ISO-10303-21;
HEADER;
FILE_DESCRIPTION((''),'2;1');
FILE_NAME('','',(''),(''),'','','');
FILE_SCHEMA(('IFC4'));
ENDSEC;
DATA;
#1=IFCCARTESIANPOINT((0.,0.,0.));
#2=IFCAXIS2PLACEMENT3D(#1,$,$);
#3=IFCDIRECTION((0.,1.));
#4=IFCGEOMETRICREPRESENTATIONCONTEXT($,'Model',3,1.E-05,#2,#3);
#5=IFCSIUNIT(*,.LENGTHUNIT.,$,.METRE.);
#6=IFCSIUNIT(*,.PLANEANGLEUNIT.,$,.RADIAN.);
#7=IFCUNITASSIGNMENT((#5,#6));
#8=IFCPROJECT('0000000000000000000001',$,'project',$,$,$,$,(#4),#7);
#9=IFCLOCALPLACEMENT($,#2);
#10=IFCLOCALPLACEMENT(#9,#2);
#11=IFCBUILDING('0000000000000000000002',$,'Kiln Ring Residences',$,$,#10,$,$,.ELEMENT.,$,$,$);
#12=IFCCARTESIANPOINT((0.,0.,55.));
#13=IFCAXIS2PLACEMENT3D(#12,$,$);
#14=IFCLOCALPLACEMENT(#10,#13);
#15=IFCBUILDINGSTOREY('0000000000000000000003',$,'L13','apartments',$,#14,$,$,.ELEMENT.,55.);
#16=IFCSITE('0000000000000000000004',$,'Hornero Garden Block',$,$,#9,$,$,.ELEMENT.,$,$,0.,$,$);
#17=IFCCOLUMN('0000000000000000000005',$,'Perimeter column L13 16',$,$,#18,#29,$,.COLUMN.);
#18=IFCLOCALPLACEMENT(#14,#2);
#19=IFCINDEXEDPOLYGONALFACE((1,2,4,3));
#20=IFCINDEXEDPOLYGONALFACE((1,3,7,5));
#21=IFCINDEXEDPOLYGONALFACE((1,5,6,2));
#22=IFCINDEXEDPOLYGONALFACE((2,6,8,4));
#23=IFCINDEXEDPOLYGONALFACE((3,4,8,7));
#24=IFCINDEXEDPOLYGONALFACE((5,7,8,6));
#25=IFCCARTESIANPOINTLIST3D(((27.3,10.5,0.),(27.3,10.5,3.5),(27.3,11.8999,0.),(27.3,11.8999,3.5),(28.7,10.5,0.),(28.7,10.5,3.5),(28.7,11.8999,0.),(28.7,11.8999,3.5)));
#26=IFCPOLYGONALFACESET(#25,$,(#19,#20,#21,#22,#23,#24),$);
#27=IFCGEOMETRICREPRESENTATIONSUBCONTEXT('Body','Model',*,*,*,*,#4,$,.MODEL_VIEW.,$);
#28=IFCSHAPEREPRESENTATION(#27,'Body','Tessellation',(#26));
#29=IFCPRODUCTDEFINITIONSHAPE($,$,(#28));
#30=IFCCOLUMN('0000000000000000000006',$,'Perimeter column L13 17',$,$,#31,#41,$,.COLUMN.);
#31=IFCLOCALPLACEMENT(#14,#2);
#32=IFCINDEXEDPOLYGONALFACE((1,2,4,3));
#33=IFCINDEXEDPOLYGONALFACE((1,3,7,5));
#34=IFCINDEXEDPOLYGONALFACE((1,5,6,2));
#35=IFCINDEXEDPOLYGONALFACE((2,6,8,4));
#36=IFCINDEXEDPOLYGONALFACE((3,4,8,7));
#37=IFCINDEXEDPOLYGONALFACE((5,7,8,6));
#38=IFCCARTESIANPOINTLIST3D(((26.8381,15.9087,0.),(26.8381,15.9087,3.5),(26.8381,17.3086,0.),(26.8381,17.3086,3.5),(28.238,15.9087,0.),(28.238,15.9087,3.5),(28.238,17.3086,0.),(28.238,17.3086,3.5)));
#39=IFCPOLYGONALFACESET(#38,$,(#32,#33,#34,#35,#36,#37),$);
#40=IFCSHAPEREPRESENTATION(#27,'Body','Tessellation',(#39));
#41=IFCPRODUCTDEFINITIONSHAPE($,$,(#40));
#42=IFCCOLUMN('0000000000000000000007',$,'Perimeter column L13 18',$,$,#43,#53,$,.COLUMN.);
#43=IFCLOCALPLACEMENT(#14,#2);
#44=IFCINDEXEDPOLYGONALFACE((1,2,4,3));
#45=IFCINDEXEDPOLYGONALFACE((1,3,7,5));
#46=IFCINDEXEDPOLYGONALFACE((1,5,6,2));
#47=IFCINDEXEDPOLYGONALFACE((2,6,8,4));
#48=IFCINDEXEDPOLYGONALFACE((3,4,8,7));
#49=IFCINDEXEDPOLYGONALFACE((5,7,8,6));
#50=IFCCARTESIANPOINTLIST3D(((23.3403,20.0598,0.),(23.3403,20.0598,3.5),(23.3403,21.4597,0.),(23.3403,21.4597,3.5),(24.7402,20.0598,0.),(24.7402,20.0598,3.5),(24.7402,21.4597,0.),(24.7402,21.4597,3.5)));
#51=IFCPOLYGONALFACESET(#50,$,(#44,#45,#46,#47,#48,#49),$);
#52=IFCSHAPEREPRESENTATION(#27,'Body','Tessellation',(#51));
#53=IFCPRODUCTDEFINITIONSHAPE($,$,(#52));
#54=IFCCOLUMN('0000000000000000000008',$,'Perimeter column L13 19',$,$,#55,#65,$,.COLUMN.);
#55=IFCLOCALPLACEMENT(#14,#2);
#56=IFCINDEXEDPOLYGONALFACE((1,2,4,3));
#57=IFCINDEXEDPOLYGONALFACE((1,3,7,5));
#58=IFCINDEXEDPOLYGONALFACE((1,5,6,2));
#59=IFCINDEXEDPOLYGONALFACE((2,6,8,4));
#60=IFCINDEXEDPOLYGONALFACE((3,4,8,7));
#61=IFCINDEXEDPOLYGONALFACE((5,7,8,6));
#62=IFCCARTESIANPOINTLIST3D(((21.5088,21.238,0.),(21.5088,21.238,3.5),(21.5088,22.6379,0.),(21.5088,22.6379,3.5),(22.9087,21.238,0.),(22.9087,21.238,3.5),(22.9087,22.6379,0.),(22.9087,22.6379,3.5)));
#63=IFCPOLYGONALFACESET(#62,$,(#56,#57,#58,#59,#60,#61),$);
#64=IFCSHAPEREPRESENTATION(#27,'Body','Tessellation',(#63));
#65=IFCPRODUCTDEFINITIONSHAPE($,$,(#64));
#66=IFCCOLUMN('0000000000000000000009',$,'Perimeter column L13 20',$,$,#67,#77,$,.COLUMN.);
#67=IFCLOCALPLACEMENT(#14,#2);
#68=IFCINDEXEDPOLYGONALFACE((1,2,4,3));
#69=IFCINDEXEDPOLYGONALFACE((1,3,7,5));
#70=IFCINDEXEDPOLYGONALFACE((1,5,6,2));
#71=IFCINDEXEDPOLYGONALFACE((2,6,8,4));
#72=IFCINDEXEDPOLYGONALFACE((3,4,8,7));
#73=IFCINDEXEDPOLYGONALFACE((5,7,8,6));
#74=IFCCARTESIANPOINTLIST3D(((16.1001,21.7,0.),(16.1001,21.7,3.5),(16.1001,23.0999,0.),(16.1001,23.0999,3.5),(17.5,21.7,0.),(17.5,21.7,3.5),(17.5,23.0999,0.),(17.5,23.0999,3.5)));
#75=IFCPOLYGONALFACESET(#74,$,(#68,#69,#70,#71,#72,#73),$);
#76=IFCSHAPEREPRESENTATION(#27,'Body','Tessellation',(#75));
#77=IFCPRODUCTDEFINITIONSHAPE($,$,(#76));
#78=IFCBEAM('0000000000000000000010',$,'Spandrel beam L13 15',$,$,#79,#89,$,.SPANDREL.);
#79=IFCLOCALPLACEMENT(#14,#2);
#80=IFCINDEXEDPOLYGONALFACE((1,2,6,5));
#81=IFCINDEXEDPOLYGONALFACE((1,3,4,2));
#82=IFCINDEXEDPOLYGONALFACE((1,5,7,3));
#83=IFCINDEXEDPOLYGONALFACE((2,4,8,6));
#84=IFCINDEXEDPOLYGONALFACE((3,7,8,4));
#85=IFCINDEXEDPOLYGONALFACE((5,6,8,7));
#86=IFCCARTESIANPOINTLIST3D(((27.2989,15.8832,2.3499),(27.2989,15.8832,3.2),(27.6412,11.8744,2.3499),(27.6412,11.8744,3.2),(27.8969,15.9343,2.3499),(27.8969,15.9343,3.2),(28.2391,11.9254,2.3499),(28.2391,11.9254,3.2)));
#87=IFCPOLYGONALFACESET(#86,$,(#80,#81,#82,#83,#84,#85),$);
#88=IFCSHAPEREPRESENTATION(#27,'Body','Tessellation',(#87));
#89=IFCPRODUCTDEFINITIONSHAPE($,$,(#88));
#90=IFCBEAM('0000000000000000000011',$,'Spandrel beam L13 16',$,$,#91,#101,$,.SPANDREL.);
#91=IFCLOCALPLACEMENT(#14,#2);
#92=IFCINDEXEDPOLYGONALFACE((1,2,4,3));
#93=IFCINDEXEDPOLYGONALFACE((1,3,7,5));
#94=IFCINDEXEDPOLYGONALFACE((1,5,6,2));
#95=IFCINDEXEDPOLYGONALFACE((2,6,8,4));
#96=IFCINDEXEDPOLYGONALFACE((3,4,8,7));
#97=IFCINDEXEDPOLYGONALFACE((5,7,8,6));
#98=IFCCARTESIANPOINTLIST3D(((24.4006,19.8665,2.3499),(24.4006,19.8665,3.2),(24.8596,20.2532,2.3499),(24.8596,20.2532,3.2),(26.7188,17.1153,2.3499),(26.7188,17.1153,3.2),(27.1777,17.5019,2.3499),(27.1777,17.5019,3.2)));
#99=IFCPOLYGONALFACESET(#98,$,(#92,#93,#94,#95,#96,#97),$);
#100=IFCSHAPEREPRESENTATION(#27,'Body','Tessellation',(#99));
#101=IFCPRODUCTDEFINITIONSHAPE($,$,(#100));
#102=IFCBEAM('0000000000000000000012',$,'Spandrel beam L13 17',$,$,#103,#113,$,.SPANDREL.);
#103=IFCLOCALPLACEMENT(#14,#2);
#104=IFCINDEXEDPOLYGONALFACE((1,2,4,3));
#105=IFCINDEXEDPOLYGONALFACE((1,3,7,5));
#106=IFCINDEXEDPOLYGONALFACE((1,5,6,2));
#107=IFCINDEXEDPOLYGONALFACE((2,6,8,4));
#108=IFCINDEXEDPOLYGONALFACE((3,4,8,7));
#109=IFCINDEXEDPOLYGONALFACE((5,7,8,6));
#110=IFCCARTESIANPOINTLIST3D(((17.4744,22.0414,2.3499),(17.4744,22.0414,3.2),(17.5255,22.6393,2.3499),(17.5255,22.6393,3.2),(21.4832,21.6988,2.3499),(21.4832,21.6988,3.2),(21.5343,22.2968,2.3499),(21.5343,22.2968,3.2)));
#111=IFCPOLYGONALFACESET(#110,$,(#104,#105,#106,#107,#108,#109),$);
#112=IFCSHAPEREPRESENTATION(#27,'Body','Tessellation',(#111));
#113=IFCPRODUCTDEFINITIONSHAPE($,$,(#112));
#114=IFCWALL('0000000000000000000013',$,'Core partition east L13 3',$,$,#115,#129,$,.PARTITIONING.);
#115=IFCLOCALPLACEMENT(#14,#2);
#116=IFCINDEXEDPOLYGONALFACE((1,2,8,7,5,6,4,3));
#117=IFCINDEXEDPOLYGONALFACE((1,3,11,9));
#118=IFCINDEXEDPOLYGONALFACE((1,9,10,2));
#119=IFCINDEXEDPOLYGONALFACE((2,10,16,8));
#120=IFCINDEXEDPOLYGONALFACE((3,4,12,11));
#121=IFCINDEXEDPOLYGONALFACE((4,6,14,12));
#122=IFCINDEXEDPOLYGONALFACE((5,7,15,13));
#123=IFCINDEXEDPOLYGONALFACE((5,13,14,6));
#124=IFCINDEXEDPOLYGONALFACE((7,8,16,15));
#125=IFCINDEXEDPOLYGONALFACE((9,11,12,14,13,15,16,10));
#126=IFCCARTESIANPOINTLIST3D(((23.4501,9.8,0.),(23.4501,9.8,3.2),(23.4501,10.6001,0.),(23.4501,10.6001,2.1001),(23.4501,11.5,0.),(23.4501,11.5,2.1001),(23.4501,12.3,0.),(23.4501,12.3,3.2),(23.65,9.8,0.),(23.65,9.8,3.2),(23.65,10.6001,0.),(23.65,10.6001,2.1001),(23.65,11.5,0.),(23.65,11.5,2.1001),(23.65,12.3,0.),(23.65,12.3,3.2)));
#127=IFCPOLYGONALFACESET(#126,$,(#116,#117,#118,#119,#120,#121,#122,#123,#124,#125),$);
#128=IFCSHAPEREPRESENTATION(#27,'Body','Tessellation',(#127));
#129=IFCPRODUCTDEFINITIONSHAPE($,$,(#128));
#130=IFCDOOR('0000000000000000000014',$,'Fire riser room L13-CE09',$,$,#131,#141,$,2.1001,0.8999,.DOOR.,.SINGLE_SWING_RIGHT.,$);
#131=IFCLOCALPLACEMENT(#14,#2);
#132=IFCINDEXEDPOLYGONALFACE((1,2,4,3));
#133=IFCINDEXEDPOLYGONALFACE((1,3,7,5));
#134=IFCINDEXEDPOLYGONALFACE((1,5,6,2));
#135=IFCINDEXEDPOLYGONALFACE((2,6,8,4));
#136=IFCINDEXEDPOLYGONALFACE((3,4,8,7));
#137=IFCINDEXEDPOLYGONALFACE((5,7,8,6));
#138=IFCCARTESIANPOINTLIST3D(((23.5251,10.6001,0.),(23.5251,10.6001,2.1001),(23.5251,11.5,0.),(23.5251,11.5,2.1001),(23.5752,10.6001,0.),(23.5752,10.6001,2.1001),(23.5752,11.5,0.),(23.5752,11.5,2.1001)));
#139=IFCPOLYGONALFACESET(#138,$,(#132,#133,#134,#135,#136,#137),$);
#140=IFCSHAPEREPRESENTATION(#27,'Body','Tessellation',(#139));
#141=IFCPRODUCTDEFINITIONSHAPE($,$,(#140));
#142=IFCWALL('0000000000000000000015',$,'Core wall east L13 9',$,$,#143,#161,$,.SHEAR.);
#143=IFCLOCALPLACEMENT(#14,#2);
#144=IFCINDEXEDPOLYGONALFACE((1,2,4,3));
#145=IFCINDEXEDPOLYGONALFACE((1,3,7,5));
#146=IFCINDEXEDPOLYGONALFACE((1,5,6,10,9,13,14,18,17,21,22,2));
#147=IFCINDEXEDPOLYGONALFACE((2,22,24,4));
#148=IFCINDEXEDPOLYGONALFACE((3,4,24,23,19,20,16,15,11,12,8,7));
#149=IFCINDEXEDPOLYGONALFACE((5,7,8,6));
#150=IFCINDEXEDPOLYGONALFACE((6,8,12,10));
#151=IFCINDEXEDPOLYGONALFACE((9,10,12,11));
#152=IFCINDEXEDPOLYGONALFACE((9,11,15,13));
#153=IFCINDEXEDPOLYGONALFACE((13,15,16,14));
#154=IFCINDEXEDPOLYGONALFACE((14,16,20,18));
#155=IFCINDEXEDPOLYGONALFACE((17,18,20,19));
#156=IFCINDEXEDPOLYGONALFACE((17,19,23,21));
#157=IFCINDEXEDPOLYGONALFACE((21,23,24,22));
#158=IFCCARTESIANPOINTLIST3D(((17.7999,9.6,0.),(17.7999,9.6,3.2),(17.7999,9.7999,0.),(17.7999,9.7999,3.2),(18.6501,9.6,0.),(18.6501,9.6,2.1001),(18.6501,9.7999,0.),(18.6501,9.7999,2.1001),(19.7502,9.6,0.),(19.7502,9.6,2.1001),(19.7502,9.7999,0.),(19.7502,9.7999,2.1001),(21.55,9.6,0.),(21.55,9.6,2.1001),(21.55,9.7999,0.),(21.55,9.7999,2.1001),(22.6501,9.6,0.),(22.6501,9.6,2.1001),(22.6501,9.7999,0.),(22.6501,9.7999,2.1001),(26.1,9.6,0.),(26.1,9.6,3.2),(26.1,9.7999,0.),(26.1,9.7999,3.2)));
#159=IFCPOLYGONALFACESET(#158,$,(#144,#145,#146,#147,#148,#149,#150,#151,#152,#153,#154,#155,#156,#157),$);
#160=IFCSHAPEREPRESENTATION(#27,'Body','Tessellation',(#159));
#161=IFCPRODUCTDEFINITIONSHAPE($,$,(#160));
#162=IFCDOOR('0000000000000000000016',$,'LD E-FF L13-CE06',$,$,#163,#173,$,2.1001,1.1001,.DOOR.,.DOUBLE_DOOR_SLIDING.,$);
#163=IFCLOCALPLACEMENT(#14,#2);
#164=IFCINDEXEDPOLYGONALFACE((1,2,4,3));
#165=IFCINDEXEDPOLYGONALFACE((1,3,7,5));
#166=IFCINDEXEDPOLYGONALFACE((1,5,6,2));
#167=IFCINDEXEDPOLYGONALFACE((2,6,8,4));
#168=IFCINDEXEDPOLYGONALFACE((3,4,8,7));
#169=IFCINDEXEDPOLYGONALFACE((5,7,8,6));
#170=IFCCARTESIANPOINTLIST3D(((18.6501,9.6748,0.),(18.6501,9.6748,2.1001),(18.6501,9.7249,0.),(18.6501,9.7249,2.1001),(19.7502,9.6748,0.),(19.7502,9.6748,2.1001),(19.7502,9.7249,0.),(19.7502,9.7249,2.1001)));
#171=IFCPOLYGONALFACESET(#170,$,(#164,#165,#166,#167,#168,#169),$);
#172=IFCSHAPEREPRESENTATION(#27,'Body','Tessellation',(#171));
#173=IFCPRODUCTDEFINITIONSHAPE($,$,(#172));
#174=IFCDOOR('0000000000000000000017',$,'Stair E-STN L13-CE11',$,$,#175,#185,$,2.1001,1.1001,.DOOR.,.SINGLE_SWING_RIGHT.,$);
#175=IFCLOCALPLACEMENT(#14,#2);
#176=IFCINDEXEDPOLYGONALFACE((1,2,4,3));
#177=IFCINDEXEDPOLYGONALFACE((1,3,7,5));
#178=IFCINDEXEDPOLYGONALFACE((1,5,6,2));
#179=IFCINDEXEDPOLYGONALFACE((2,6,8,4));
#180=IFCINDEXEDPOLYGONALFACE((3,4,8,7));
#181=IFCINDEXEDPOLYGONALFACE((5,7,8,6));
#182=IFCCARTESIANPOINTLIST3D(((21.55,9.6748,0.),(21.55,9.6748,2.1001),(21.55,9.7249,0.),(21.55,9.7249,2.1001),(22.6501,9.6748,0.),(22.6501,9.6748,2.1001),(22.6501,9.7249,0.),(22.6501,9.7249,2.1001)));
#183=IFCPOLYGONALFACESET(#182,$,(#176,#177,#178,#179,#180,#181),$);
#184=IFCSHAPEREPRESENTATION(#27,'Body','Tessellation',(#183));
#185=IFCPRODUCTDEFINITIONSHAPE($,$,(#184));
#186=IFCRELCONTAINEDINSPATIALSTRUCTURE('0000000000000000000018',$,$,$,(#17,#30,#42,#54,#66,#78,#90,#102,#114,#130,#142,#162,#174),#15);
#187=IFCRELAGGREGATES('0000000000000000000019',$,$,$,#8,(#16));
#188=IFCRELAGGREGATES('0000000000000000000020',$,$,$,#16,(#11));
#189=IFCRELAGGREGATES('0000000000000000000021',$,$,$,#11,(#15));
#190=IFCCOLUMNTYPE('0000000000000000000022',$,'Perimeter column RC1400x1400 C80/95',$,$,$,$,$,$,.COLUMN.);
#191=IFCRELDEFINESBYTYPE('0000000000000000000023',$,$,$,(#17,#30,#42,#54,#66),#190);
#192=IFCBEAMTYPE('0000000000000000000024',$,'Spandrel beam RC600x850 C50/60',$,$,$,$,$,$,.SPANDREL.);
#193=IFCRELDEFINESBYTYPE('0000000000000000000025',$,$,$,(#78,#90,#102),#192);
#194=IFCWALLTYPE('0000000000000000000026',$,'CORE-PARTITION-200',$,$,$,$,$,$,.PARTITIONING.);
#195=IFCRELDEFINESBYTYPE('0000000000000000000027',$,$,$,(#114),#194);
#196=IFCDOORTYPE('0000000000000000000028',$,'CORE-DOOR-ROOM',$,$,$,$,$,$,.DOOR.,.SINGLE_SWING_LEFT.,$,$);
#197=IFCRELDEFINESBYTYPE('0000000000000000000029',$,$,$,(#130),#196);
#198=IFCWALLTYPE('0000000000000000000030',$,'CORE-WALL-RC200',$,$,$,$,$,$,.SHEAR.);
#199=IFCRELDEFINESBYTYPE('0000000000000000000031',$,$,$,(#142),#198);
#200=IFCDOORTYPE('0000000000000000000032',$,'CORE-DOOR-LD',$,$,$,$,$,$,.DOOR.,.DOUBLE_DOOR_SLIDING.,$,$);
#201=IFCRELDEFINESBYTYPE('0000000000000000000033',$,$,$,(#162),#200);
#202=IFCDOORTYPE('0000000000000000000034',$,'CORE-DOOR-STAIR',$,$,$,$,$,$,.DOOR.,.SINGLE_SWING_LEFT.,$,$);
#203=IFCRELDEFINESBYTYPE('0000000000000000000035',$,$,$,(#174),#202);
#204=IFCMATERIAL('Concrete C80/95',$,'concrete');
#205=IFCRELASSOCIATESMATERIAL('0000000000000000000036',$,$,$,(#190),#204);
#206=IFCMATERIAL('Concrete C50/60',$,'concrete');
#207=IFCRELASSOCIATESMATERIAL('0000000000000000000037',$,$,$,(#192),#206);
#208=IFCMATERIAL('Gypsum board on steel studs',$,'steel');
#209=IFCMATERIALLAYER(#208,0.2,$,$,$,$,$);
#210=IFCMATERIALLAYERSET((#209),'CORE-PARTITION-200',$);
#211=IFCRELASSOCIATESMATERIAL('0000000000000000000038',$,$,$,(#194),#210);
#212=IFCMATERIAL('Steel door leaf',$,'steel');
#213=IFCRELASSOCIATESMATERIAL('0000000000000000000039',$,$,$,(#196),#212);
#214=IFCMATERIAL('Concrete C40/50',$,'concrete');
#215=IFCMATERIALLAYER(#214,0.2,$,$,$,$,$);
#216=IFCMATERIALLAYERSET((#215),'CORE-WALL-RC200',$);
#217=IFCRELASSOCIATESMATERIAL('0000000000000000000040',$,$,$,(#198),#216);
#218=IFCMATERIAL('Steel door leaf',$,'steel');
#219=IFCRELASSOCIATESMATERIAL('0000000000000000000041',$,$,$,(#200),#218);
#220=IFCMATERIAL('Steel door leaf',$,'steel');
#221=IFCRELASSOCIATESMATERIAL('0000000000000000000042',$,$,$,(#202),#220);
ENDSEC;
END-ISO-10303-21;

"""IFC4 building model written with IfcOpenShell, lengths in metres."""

from ifc_helpers import new_model, si_unit, direction, frame, frame_2d, origin, origin_2d, place, context, subcontext, project, spatial, rectangle, extrude, material, layer, layer_set, material_profile, profile_set, type_object, element, fill, save


model = new_model("IFC4")

# Units and contexts
model_context = context("Model", 3, precision=1e-05, world=origin(), true_north=direction((0.0, 1.0)))
body_context = subcontext(model_context, "Body", "Model", "MODEL_VIEW")
ifc_project = project(units=[si_unit("LENGTHUNIT", "METRE"), si_unit("PLANEANGLEUNIT", "RADIAN")], contexts=[model_context])

# Site, building, storey
site_placement = place(None, origin())
site = spatial("IfcSite", under=ifc_project, at=site_placement, Name="Hornero Garden Block", CompositionType="ELEMENT", RefElevation=0.0)
building_placement = place(site_placement, origin())
building = spatial("IfcBuilding", under=site, at=building_placement, Name="Kiln Ring Residences", CompositionType="ELEMENT")
storey_placement = place(building_placement, frame((0.0, 0.0, 55.0)))
storey = spatial("IfcBuildingStorey", under=building, at=storey_placement, Name="L13", Description="apartments", CompositionType="ELEMENT", Elevation=55.0)

# Columns
ifc_material_1 = material(Name="Concrete C80/95", Category="concrete")
ifc_material_profile_1 = material_profile(ifc_material_1, rectangle(XDim=1.3999, YDim=1.3999, at=origin_2d()), Name="RC1400x1400")
ifc_profile_set_1 = profile_set([ifc_material_profile_1], Name="Concrete C80/95")
column_type = type_object("IfcColumnType", Name="Perimeter column RC1400x1400 C80/95", PredefinedType="COLUMN", material=ifc_profile_set_1)
for number, where, z_axis, x_axis, name in (
    (1, (28.0, 11.2, 0.0), (0.0, 0.0, 1.0), (1.0, 0.0, 0.0), "Perimeter column L13 16"),
    (2, (27.5381, 16.6086, 0.0), (0.0, 0.0, 1.0), (1.0, 0.0, 0.0), "Perimeter column L13 17"),
    (3, (24.0403, 20.7598, 0.0), (0.0, 0.0, 1.0), (1.0, 0.0, 0.0), "Perimeter column L13 18"),
    (4, (22.2087, 21.938, 0.0), (0.0, 0.0, 1.0), (1.0, 0.0, 0.0), "Perimeter column L13 19"),
    (5, (16.8, 22.3999, 0.0), (0.0, 0.0, 1.0), (1.0, 0.0, 0.0), "Perimeter column L13 20"),
):
    element("IfcColumn", number, at=place(storey_placement, frame(where, z_axis=z_axis, x_axis=x_axis)), inside=storey, type_object=column_type, Name=name, PredefinedType="COLUMN", context=body_context, shape_type="SweptSolid", body=[
        extrude(rectangle(XDim=1.3999, YDim=1.3999, at=origin_2d()), origin(), (0.0, 0.0, 1.0), 3.5),
    ])

# Beams
ifc_material_2 = material(Name="Concrete C50/60", Category="concrete")
ifc_material_profile_2 = material_profile(ifc_material_2, rectangle(XDim=0.6001, YDim=0.8501, at=origin_2d()), Name="RC600x850")
ifc_profile_set_2 = profile_set([ifc_material_profile_2], Name="Concrete C50/60")
beam_type = type_object("IfcBeamType", Name="Spandrel beam RC600x850 C50/60", PredefinedType="SPANDREL", material=ifc_profile_set_2)
beam_1_placement = place(storey_placement, frame((27.9402, 11.8999, 2.7749), z_axis=(-0.085074, 0.996375, 0.0), x_axis=(-0.996375, -0.085074, 0.0)))
element("IfcBeam", 6, at=beam_1_placement, inside=storey, type_object=beam_type, Name="Spandrel beam L13 15", PredefinedType="SPANDREL", context=body_context, shape_type="SweptSolid", body=[
    extrude(rectangle(XDim=0.6001, YDim=0.8501, at=origin_2d()), origin(), (0.0, 0.0, 1.0), 4.0234),
])
beam_2_placement = place(storey_placement, frame((26.9482, 17.3086, 2.7749), z_axis=(-0.644347, 0.764733, 0.0), x_axis=(-0.764733, -0.644347, 0.0)))
element("IfcBeam", 7, at=beam_2_placement, inside=storey, type_object=beam_type, Name="Spandrel beam L13 16", PredefinedType="SPANDREL", context=body_context, shape_type="SweptSolid", body=[
    extrude(rectangle(XDim=0.6001, YDim=0.8501, at=origin_2d()), origin(), (0.0, 0.0, 1.0), 3.5977),
])
beam_3_placement = place(storey_placement, frame((21.5088, 21.9978, 2.7749), z_axis=(-0.996369, 0.085134, 0.0), x_axis=(-0.085134, -0.996369, 0.0)))
element("IfcBeam", 8, at=beam_3_placement, inside=storey, type_object=beam_type, Name="Spandrel beam L13 17", PredefinedType="SPANDREL", context=body_context, shape_type="SweptSolid", body=[
    extrude(rectangle(XDim=0.6001, YDim=0.8501, at=origin_2d()), origin(), (0.0, 0.0, 1.0), 4.0234),
])

# Wall, opening, door
ifc_material_3 = material(Name="Gypsum board on steel studs", Category="steel")
ifc_layer_1 = layer(ifc_material_3, 0.2)
ifc_layer_set_1 = layer_set([ifc_layer_1], Name="CORE-PARTITION-200")
wall_type_1 = type_object("IfcWallType", Name="CORE-PARTITION-200", PredefinedType="PARTITIONING", material=ifc_layer_set_1)
wall_1_placement = place(storey_placement, frame((23.55, 9.8, 0.0), z_axis=(0.0, 0.0, 1.0), x_axis=(0.0, 1.0, 0.0)))
wall_1 = element("IfcWall", 9, at=wall_1_placement, inside=storey, type_object=wall_type_1, Name="Core partition east L13 3", PredefinedType="PARTITIONING", context=body_context, shape_type="SweptSolid", body=[
    extrude(rectangle(XDim=2.5, YDim=0.2, at=frame_2d((1.25, 0.0))), origin(), (0.0, 0.0, 1.0), 3.2),
])
opening_1_placement = place(wall_1_placement, frame((0.8, 0.0, 0.0)))
opening_1 = element("IfcOpeningElement", 10, at=opening_1_placement, cuts=wall_1, PredefinedType="OPENING", context=body_context, shape_type="SweptSolid", body=[
    extrude(rectangle(XDim=0.8999, YDim=2.1001, at=frame_2d((0.45, 1.05))), frame((0.0, 0.1099, 0.0), z_axis=(0.0, -1.0, 0.0), x_axis=(1.0, 0.0, 0.0)), (0.0, 0.0, 1.0), 0.22),
])
ifc_material_4 = material(Name="Steel door leaf", Category="steel")
door_type_1 = type_object("IfcDoorType", Name="CORE-DOOR-ROOM", OperationType="SINGLE_SWING_LEFT", PredefinedType="DOOR", material=ifc_material_4)
door_1_placement = place(opening_1_placement, origin())
door_1 = element("IfcDoor", 11, at=door_1_placement, inside=storey, type_object=door_type_1, Name="Fire riser room L13-CE09", OperationType="SINGLE_SWING_RIGHT", OverallHeight=2.1001, OverallWidth=0.8999, PredefinedType="DOOR", context=body_context, shape_type="SweptSolid", body=[
    extrude(rectangle(XDim=0.8999, YDim=2.1001, at=frame_2d((0.45, 1.05))), frame((0.0, 0.0249, 0.0), z_axis=(0.0, -1.0, 0.0), x_axis=(1.0, 0.0, 0.0)), (0.0, 0.0, 1.0), 0.05),
])
fill(opening_1, door_1)

# Wall, openings, doors
ifc_material_5 = material(Name="Concrete C40/50", Category="concrete")
ifc_layer_2 = layer(ifc_material_5, 0.2)
ifc_layer_set_2 = layer_set([ifc_layer_2], Name="CORE-WALL-RC200")
wall_type_2 = type_object("IfcWallType", Name="CORE-WALL-RC200", PredefinedType="SHEAR", material=ifc_layer_set_2)
wall_2_placement = place(storey_placement, frame((17.8, 9.7, 0.0), z_axis=(0.0, 0.0, 1.0), x_axis=(1.0, 0.0, 0.0)))
wall_2 = element("IfcWall", 12, at=wall_2_placement, inside=storey, type_object=wall_type_2, Name="Core wall east L13 9", PredefinedType="SHEAR", context=body_context, shape_type="SweptSolid", body=[
    extrude(rectangle(XDim=8.3, YDim=0.2, at=frame_2d((4.1499, 0.0))), origin(), (0.0, 0.0, 1.0), 3.2),
])
opening_2_placement = place(wall_2_placement, frame((0.8501, 0.0, 0.0)))
opening_2 = element("IfcOpeningElement", 13, at=opening_2_placement, cuts=wall_2, PredefinedType="OPENING", context=body_context, shape_type="SweptSolid", body=[
    extrude(rectangle(XDim=1.1001, YDim=2.1001, at=frame_2d((0.55, 1.05))), frame((0.0, 0.1099, 0.0), z_axis=(0.0, -1.0, 0.0), x_axis=(1.0, 0.0, 0.0)), (0.0, 0.0, 1.0), 0.22),
])
opening_3_placement = place(wall_2_placement, frame((3.75, 0.0, 0.0)))
opening_3 = element("IfcOpeningElement", 14, at=opening_3_placement, cuts=wall_2, PredefinedType="OPENING", context=body_context, shape_type="SweptSolid", body=[
    extrude(rectangle(XDim=1.1001, YDim=2.1001, at=frame_2d((0.55, 1.05))), frame((0.0, 0.1099, 0.0), z_axis=(0.0, -1.0, 0.0), x_axis=(1.0, 0.0, 0.0)), (0.0, 0.0, 1.0), 0.22),
])
ifc_material_6 = material(Name="Steel door leaf", Category="steel")
door_type_2 = type_object("IfcDoorType", Name="CORE-DOOR-LD", OperationType="DOUBLE_DOOR_SLIDING", PredefinedType="DOOR", material=ifc_material_6)
door_2_placement = place(opening_2_placement, origin())
door_2 = element("IfcDoor", 15, at=door_2_placement, inside=storey, type_object=door_type_2, Name="LD E-FF L13-CE06", OperationType="DOUBLE_DOOR_SLIDING", OverallHeight=2.1001, OverallWidth=1.1001, PredefinedType="DOOR", context=body_context, shape_type="SweptSolid", body=[
    extrude(rectangle(XDim=1.1001, YDim=2.1001, at=frame_2d((0.55, 1.05))), frame((0.0, 0.0249, 0.0), z_axis=(0.0, -1.0, 0.0), x_axis=(1.0, 0.0, 0.0)), (0.0, 0.0, 1.0), 0.05),
])
fill(opening_2, door_2)
ifc_material_7 = material(Name="Steel door leaf", Category="steel")
door_type_3 = type_object("IfcDoorType", Name="CORE-DOOR-STAIR", OperationType="SINGLE_SWING_LEFT", PredefinedType="DOOR", material=ifc_material_7)
door_3_placement = place(opening_3_placement, origin())
door_3 = element("IfcDoor", 16, at=door_3_placement, inside=storey, type_object=door_type_3, Name="Stair E-STN L13-CE11", OperationType="SINGLE_SWING_RIGHT", OverallHeight=2.1001, OverallWidth=1.1001, PredefinedType="DOOR", context=body_context, shape_type="SweptSolid", body=[
    extrude(rectangle(XDim=1.1001, YDim=2.1001, at=frame_2d((0.55, 1.05))), frame((0.0, 0.0249, 0.0), z_axis=(0.0, -1.0, 0.0), x_axis=(1.0, 0.0, 0.0)), (0.0, 0.0, 1.0), 0.05),
])
fill(opening_3, door_3)

save(model, "model.ifc")
